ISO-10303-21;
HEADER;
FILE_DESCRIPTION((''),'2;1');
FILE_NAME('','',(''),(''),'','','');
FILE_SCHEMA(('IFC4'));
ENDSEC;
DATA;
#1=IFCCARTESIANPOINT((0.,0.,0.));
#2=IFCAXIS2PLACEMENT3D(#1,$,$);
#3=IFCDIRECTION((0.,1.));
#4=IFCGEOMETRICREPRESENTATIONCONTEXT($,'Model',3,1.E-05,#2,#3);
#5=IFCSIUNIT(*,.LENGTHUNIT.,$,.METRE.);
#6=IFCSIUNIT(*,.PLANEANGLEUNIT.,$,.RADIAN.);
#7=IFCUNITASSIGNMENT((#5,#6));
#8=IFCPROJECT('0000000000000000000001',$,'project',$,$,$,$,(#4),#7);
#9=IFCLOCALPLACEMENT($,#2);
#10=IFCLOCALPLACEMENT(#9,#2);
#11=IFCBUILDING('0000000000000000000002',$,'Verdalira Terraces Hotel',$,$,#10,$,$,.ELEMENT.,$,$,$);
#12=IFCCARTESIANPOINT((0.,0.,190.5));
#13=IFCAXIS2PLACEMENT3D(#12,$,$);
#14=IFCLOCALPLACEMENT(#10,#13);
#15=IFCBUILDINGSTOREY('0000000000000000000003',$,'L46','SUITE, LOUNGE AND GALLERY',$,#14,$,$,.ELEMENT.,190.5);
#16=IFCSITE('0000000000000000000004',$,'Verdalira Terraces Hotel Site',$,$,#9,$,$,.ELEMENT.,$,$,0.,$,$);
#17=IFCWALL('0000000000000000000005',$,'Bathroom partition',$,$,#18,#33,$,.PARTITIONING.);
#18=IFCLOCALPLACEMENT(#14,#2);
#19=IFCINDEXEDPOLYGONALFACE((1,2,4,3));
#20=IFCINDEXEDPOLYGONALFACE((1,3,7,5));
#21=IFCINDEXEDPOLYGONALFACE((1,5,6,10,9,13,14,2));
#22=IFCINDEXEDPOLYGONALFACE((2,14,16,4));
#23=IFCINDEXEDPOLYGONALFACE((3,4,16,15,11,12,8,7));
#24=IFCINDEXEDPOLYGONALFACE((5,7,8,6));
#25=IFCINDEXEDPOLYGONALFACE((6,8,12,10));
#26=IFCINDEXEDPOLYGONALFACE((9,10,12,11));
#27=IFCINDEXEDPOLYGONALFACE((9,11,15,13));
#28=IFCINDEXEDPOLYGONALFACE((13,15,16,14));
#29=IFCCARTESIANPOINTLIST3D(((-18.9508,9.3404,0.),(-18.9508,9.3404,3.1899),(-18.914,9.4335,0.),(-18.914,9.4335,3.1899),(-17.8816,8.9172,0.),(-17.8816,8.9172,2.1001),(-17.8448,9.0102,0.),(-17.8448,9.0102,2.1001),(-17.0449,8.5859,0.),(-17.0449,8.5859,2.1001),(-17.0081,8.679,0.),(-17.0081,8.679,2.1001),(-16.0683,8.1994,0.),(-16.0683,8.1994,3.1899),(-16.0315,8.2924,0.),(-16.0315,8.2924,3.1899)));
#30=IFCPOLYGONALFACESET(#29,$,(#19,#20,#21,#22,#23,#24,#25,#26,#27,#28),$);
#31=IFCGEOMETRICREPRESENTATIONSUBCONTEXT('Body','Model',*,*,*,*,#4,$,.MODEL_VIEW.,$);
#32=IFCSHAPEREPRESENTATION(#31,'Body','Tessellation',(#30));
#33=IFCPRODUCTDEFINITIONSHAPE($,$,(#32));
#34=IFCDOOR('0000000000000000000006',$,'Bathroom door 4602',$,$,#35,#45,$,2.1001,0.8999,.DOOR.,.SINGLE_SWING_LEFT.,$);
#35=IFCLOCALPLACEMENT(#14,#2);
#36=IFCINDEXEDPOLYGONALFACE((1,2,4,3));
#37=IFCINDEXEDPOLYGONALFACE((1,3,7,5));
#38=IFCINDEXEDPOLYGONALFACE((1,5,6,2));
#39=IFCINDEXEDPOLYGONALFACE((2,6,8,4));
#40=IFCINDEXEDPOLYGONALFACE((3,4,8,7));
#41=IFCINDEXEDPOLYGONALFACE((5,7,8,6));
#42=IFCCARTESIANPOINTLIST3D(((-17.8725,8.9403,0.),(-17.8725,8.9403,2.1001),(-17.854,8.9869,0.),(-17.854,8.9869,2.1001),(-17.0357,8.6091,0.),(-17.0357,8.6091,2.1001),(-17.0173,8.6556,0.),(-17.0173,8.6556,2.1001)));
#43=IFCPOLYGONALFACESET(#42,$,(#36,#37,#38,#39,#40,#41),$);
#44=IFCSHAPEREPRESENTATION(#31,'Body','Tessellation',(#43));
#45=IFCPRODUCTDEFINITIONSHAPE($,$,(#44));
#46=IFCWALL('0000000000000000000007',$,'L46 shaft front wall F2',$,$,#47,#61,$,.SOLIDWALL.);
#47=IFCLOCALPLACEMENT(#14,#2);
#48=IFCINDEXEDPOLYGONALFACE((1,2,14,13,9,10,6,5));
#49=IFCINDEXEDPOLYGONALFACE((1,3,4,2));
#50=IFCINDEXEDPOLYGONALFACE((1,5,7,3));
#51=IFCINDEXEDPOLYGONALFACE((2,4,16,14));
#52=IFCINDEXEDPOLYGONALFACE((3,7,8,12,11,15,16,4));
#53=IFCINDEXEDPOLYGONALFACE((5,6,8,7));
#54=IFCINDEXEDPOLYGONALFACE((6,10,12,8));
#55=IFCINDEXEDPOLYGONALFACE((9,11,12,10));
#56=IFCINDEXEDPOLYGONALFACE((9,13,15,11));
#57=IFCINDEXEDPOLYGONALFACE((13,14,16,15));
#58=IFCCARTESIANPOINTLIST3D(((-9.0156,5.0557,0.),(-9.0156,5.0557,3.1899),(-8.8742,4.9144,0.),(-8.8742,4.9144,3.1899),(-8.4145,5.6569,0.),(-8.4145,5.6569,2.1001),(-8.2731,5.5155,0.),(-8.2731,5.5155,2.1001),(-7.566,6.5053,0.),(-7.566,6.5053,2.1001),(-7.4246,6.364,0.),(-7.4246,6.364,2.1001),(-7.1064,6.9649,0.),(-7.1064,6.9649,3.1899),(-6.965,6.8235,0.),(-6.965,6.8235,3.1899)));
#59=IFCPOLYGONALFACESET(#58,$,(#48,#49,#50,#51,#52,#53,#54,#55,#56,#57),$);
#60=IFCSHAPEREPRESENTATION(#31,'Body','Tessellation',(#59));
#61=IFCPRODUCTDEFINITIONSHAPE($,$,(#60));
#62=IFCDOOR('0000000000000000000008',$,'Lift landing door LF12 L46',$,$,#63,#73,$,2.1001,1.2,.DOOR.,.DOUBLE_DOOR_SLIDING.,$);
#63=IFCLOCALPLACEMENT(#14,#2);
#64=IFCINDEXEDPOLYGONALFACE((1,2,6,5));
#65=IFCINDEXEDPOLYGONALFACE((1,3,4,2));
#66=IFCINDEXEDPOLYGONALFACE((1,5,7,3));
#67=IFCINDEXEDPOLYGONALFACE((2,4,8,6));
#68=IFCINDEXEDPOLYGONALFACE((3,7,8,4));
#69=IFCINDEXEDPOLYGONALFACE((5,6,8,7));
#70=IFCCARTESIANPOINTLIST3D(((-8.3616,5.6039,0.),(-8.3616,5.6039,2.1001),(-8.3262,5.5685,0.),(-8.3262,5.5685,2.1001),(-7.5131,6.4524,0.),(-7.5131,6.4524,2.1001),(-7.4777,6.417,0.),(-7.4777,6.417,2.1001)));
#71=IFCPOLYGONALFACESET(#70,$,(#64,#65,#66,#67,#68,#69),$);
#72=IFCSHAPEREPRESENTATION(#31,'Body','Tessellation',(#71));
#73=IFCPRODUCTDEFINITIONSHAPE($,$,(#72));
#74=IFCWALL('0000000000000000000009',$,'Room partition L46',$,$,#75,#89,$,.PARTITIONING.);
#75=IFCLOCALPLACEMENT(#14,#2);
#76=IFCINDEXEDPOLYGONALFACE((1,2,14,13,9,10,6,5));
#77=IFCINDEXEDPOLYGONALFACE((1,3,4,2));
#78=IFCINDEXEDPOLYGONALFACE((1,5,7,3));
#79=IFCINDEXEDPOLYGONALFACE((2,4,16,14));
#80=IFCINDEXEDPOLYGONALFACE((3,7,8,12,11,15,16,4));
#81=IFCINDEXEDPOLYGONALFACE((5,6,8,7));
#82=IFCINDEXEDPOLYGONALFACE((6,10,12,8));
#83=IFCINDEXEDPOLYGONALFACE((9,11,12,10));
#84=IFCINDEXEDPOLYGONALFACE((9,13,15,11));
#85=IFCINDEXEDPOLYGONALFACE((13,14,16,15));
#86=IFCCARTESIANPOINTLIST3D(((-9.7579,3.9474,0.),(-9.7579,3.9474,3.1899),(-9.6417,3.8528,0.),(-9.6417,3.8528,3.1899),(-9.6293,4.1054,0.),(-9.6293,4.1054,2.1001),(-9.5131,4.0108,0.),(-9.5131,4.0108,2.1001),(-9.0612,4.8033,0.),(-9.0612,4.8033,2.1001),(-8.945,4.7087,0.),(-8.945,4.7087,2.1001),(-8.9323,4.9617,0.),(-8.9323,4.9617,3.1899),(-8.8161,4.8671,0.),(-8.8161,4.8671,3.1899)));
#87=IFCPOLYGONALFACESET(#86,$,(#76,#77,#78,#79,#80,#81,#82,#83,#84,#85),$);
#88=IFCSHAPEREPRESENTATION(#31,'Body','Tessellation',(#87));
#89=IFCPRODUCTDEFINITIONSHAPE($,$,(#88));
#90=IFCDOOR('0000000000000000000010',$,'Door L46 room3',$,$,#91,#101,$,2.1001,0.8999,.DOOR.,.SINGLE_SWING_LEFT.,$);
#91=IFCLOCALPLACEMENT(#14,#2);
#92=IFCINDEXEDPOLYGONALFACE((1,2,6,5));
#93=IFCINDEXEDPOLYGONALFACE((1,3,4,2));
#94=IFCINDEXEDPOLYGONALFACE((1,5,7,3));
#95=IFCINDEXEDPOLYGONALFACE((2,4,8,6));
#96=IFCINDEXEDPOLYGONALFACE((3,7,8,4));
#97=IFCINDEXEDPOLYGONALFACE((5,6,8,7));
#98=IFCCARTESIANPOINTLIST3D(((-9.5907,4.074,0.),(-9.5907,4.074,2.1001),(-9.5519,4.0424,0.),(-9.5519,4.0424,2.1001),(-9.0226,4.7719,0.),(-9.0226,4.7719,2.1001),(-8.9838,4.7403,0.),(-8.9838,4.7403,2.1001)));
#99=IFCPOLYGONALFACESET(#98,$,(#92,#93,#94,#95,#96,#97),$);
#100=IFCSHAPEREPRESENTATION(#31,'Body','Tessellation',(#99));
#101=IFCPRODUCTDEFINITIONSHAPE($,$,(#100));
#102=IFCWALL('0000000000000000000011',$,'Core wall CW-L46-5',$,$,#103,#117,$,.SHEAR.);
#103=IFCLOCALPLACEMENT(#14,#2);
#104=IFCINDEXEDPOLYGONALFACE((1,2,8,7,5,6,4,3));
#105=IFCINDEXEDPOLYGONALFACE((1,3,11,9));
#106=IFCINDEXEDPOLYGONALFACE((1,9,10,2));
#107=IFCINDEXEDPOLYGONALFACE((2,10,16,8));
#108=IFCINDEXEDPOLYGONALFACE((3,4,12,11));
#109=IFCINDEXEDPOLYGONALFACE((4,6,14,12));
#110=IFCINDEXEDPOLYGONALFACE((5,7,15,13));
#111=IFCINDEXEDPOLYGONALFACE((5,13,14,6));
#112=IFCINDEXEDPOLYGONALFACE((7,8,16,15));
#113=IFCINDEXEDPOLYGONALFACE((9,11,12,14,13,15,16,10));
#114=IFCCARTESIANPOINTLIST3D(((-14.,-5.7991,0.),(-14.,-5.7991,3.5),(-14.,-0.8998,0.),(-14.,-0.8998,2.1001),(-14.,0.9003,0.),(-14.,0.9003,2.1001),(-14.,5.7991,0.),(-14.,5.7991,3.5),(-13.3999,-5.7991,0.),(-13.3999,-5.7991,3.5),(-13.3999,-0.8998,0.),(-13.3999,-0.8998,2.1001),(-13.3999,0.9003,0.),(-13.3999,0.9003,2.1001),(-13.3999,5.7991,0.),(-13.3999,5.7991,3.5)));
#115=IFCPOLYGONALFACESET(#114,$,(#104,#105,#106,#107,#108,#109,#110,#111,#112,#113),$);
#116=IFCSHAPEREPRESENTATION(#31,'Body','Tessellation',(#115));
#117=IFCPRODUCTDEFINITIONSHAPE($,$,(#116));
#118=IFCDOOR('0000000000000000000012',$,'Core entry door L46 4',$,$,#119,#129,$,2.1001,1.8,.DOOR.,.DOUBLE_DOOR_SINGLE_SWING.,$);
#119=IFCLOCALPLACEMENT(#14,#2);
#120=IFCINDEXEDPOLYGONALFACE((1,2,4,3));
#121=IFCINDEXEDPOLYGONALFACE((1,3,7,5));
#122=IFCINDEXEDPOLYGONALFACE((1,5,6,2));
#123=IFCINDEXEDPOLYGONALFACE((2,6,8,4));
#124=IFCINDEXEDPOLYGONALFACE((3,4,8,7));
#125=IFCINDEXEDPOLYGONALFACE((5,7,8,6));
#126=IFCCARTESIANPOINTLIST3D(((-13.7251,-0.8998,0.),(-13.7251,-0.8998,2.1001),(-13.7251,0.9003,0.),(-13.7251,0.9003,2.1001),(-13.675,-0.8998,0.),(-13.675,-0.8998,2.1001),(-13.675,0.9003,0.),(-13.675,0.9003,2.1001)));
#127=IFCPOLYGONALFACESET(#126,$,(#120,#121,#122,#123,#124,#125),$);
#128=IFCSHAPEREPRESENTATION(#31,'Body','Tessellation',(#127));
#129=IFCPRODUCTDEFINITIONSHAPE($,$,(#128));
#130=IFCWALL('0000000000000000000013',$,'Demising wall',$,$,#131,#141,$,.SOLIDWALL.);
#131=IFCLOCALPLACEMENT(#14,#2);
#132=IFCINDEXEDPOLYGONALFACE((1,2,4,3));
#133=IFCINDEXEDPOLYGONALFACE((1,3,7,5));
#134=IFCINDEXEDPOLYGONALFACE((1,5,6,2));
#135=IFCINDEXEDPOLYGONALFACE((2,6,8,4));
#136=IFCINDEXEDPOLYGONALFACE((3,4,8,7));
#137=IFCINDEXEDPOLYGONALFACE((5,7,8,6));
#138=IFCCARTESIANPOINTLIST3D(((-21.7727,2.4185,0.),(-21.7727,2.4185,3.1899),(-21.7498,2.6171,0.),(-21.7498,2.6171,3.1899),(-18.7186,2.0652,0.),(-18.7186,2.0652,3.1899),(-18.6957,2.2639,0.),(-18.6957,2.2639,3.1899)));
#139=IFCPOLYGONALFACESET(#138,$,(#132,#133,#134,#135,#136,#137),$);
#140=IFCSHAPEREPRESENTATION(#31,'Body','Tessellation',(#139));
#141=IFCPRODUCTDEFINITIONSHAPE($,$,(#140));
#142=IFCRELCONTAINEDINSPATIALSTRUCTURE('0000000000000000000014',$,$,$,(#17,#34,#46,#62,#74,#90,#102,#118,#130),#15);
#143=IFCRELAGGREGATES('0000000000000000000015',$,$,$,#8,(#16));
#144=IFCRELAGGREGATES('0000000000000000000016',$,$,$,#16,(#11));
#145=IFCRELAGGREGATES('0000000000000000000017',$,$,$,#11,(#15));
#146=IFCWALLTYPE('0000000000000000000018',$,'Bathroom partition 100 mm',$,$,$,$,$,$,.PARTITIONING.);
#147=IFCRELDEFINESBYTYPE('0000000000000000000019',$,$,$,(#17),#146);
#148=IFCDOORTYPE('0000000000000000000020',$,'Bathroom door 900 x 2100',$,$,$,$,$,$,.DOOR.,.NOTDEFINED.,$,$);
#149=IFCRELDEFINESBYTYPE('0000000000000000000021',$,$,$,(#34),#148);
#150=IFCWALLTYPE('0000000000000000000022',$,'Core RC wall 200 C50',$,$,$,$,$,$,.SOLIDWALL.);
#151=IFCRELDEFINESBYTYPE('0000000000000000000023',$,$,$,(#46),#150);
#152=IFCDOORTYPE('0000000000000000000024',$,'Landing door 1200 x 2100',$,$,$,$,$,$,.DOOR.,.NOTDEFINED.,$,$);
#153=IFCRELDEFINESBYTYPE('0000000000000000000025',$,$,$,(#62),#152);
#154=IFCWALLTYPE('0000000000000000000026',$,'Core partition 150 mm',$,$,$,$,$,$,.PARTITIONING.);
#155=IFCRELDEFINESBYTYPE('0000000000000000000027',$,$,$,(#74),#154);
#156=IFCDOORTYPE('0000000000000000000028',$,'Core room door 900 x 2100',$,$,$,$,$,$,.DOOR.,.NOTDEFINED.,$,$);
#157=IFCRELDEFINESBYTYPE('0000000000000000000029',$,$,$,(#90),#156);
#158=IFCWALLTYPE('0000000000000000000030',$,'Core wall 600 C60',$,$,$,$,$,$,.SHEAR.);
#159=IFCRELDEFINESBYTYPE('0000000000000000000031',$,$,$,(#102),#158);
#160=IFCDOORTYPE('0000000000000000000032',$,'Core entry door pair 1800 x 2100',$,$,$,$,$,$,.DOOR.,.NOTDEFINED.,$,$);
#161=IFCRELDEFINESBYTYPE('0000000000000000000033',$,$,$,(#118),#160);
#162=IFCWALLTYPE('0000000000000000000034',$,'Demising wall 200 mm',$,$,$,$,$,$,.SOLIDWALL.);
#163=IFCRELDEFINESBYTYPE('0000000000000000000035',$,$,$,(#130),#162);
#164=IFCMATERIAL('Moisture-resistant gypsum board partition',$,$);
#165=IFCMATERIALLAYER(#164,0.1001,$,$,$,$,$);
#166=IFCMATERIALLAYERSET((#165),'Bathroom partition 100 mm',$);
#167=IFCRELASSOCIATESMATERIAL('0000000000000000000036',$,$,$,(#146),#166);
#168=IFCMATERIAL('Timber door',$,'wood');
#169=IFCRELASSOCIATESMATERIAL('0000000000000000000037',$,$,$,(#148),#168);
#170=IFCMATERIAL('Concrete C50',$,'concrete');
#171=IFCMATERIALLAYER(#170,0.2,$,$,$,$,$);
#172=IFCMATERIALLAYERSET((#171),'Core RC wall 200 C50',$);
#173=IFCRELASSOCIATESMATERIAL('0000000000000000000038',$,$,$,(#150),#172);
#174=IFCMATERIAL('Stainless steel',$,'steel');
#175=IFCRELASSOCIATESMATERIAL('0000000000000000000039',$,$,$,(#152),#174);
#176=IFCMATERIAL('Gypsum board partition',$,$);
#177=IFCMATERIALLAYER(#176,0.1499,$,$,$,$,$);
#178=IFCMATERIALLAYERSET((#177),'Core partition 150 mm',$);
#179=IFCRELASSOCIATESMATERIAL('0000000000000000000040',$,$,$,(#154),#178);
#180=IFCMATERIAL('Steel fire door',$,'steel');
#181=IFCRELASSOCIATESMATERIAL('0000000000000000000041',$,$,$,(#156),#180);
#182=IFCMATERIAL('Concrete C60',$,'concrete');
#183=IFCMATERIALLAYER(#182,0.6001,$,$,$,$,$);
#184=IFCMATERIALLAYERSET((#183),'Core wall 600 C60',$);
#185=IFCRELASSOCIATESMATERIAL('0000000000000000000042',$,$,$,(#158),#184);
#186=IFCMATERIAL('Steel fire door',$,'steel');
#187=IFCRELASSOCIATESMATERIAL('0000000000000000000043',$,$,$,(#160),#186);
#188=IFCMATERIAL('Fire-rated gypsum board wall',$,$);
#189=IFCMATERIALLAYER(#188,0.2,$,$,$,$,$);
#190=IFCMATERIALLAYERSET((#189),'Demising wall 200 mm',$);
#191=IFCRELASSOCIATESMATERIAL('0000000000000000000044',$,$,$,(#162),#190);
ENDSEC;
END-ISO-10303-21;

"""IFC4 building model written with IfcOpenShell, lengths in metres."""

from ifc_helpers import new_model, si_unit, direction, frame, frame_2d, origin, place, context, subcontext, project, spatial, rectangle, extrude, material, layer, layer_set, type_object, element, fill, save


model = new_model("IFC4")

# Units and contexts
model_context = context("Model", 3, precision=1e-05, world=origin(), true_north=direction((0.0, 1.0)))
body_context = subcontext(model_context, "Body", "Model", "MODEL_VIEW")
ifc_project = project(units=[si_unit("LENGTHUNIT", "METRE"), si_unit("PLANEANGLEUNIT", "RADIAN")], contexts=[model_context])

# Site, building, storey
site_placement = place(None, origin())
site = spatial("IfcSite", under=ifc_project, at=site_placement, Name="Verdalira Terraces Hotel Site", CompositionType="ELEMENT", RefElevation=0.0)
building_placement = place(site_placement, origin())
building = spatial("IfcBuilding", under=site, at=building_placement, Name="Verdalira Terraces Hotel", CompositionType="ELEMENT")
storey_placement = place(building_placement, frame((0.0, 0.0, 190.5)))
storey = spatial("IfcBuildingStorey", under=building, at=storey_placement, Name="L46", Description="SUITE, LOUNGE AND GALLERY", CompositionType="ELEMENT", Elevation=190.5)

# Shared definitions
ifc_material_1 = material(Name="Moisture-resistant gypsum board partition")
ifc_layer_1 = layer(ifc_material_1, 0.1001)
ifc_layer_set_1 = layer_set([ifc_layer_1], Name="Bathroom partition 100 mm")
wall_type_1 = type_object("IfcWallType", Name="Bathroom partition 100 mm", PredefinedType="PARTITIONING", material=ifc_layer_set_1)

# Walls, openings, doors
wall_1_placement = place(storey_placement, frame((-18.9324, 9.387, 0.0), z_axis=(0.0, 0.0, 1.0), x_axis=(0.929796, -0.368075, 0.0)))
wall_1 = element("IfcWall", 1, at=wall_1_placement, inside=storey, type_object=wall_type_1, Name="Bathroom partition", PredefinedType="PARTITIONING", context=body_context, shape_type="SweptSolid", body=[
    extrude(rectangle(XDim=3.1001, YDim=0.1001, at=frame_2d((1.55, 0.0))), origin(), (0.0, 0.0, 1.0), 3.1899),
])
opening_1_placement = place(wall_1_placement, frame((1.1499, 0.0, 0.0)))
opening_1 = element("IfcOpeningElement", 2, at=opening_1_placement, cuts=wall_1, PredefinedType="OPENING", context=body_context, shape_type="SweptSolid", body=[
    extrude(rectangle(XDim=0.8999, YDim=2.1001, at=frame_2d((0.45, 1.05))), frame((0.0, 0.0601, 0.0), z_axis=(0.0, -1.0, 0.0), x_axis=(1.0, 0.0, 0.0)), (0.0, 0.0, 1.0), 0.1201),
])
ifc_material_2 = material(Name="Timber door", Category="wood")
door_type_1 = type_object("IfcDoorType", Name="Bathroom door 900 x 2100", OperationType="NOTDEFINED", PredefinedType="DOOR", material=ifc_material_2)
door_1_placement = place(opening_1_placement, origin())
door_1 = element("IfcDoor", 3, at=door_1_placement, inside=storey, type_object=door_type_1, Name="Bathroom door 4602", OperationType="SINGLE_SWING_LEFT", OverallHeight=2.1001, OverallWidth=0.8999, PredefinedType="DOOR", context=body_context, shape_type="SweptSolid", body=[
    extrude(rectangle(XDim=0.8999, YDim=2.1001, at=frame_2d((0.45, 1.05))), frame((0.0, 0.0249, 0.0), z_axis=(0.0, -1.0, 0.0), x_axis=(1.0, 0.0, 0.0)), (0.0, 0.0, 1.0), 0.05),
])
fill(opening_1, door_1)
ifc_material_3 = material(Name="Concrete C50", Category="concrete")
ifc_layer_2 = layer(ifc_material_3, 0.2)
ifc_layer_set_2 = layer_set([ifc_layer_2], Name="Core RC wall 200 C50")
wall_type_2 = type_object("IfcWallType", Name="Core RC wall 200 C50", PredefinedType="SOLIDWALL", material=ifc_layer_set_2)
wall_2_placement = place(storey_placement, frame((-7.0356, 6.8943, 0.0), z_axis=(0.0, 0.0, 1.0), x_axis=(-0.707107, -0.707107, 0.0)))
wall_2 = element("IfcWall", 4, at=wall_2_placement, inside=storey, type_object=wall_type_2, Name="L46 shaft front wall F2", PredefinedType="SOLIDWALL", context=body_context, shape_type="SweptSolid", body=[
    extrude(rectangle(XDim=2.7, YDim=0.2, at=frame_2d((1.3501, 0.0))), origin(), (0.0, 0.0, 1.0), 3.1899),
])
opening_2_placement = place(wall_2_placement, frame((0.6499, 0.0, 0.0)))
opening_2 = element("IfcOpeningElement", 5, at=opening_2_placement, cuts=wall_2, PredefinedType="OPENING", context=body_context, shape_type="SweptSolid", body=[
    extrude(rectangle(XDim=1.2, YDim=2.1001, at=frame_2d((0.6001, 1.05))), frame((0.0, 0.1099, 0.0), z_axis=(0.0, -1.0, 0.0), x_axis=(1.0, 0.0, 0.0)), (0.0, 0.0, 1.0), 0.22),
])
ifc_material_4 = material(Name="Stainless steel", Category="steel")
door_type_2 = type_object("IfcDoorType", Name="Landing door 1200 x 2100", OperationType="NOTDEFINED", PredefinedType="DOOR", material=ifc_material_4)
door_2_placement = place(opening_2_placement, origin())
door_2 = element("IfcDoor", 6, at=door_2_placement, inside=storey, type_object=door_type_2, Name="Lift landing door LF12 L46", OperationType="DOUBLE_DOOR_SLIDING", OverallHeight=2.1001, OverallWidth=1.2, PredefinedType="DOOR", context=body_context, shape_type="SweptSolid", body=[
    extrude(rectangle(XDim=1.2, YDim=2.1001, at=frame_2d((0.6001, 1.05))), frame((0.0, 0.0249, 0.0), z_axis=(0.0, -1.0, 0.0), x_axis=(1.0, 0.0, 0.0)), (0.0, 0.0, 1.0), 0.05),
])
fill(opening_2, door_2)
ifc_material_5 = material(Name="Gypsum board partition")
ifc_layer_3 = layer(ifc_material_5, 0.1499)
ifc_layer_set_3 = layer_set([ifc_layer_3], Name="Core partition 150 mm")
wall_type_3 = type_object("IfcWallType", Name="Core partition 150 mm", PredefinedType="PARTITIONING", material=ifc_layer_set_3)
wall_3_placement = place(storey_placement, frame((-8.8743, 4.9143, 0.0), z_axis=(0.0, 0.0, 1.0), x_axis=(-0.631274, -0.77556, 0.0)))
wall_3 = element("IfcWall", 7, at=wall_3_placement, inside=storey, type_object=wall_type_3, Name="Room partition L46", PredefinedType="PARTITIONING", context=body_context, shape_type="SweptSolid", body=[
    extrude(rectangle(XDim=1.3079, YDim=0.1499, at=frame_2d((0.6538, 0.0))), origin(), (0.0, 0.0, 1.0), 3.1899),
])
opening_3_placement = place(wall_3_placement, frame((0.2041, 0.0, 0.0)))
opening_3 = element("IfcOpeningElement", 8, at=opening_3_placement, cuts=wall_3, PredefinedType="OPENING", context=body_context, shape_type="SweptSolid", body=[
    extrude(rectangle(XDim=0.8999, YDim=2.1001, at=frame_2d((0.45, 1.05))), frame((0.0, 0.085, 0.0), z_axis=(0.0, -1.0, 0.0), x_axis=(1.0, 0.0, 0.0)), (0.0, 0.0, 1.0), 0.1699),
])
ifc_material_6 = material(Name="Steel fire door", Category="steel")
door_type_3 = type_object("IfcDoorType", Name="Core room door 900 x 2100", OperationType="NOTDEFINED", PredefinedType="DOOR", material=ifc_material_6)
door_3_placement = place(opening_3_placement, origin())
door_3 = element("IfcDoor", 9, at=door_3_placement, inside=storey, type_object=door_type_3, Name="Door L46 room3", OperationType="SINGLE_SWING_LEFT", OverallHeight=2.1001, OverallWidth=0.8999, PredefinedType="DOOR", context=body_context, shape_type="SweptSolid", body=[
    extrude(rectangle(XDim=0.8999, YDim=2.1001, at=frame_2d((0.45, 1.05))), frame((0.0, 0.0249, 0.0), z_axis=(0.0, -1.0, 0.0), x_axis=(1.0, 0.0, 0.0)), (0.0, 0.0, 1.0), 0.05),
])
fill(opening_3, door_3)
ifc_material_7 = material(Name="Concrete C60", Category="concrete")
ifc_layer_4 = layer(ifc_material_7, 0.6001)
ifc_layer_set_4 = layer_set([ifc_layer_4], Name="Core wall 600 C60")
wall_type_4 = type_object("IfcWallType", Name="Core wall 600 C60", PredefinedType="SHEAR", material=ifc_layer_set_4)
wall_4_placement = place(storey_placement, frame((-13.7, 5.7991, 0.0), z_axis=(0.0, 0.0, 1.0), x_axis=(0.0, -1.0, 0.0)))
wall_4 = element("IfcWall", 10, at=wall_4_placement, inside=storey, type_object=wall_type_4, Name="Core wall CW-L46-5", PredefinedType="SHEAR", context=body_context, shape_type="SweptSolid", body=[
    extrude(rectangle(XDim=11.5981, YDim=0.6001, at=frame_2d((5.7991, 0.0))), origin(), (0.0, 0.0, 1.0), 3.5),
])
opening_4_placement = place(wall_4_placement, frame((4.8989, 0.0, 0.0)))
opening_4 = element("IfcOpeningElement", 11, at=opening_4_placement, cuts=wall_4, PredefinedType="OPENING", context=body_context, shape_type="SweptSolid", body=[
    extrude(rectangle(XDim=1.8, YDim=2.1001, at=frame_2d((0.8999, 1.05))), frame((0.0, 0.3101, 0.0), z_axis=(0.0, -1.0, 0.0), x_axis=(1.0, 0.0, 0.0)), (0.0, 0.0, 1.0), 0.6201),
])
ifc_material_8 = material(Name="Steel fire door", Category="steel")
door_type_4 = type_object("IfcDoorType", Name="Core entry door pair 1800 x 2100", OperationType="NOTDEFINED", PredefinedType="DOOR", material=ifc_material_8)
door_4_placement = place(opening_4_placement, origin())
door_4 = element("IfcDoor", 12, at=door_4_placement, inside=storey, type_object=door_type_4, Name="Core entry door L46 4", OperationType="DOUBLE_DOOR_SINGLE_SWING", OverallHeight=2.1001, OverallWidth=1.8, PredefinedType="DOOR", context=body_context, shape_type="SweptSolid", body=[
    extrude(rectangle(XDim=1.8, YDim=2.1001, at=frame_2d((0.8999, 1.05))), frame((0.0, 0.0249, 0.0), z_axis=(0.0, -1.0, 0.0), x_axis=(1.0, 0.0, 0.0)), (0.0, 0.0, 1.0), 0.05),
])
fill(opening_4, door_4)

# Wall
ifc_material_9 = material(Name="Fire-rated gypsum board wall")
ifc_layer_5 = layer(ifc_material_9, 0.2)
ifc_layer_set_5 = layer_set([ifc_layer_5], Name="Demising wall 200 mm")
wall_type_5 = type_object("IfcWallType", Name="Demising wall 200 mm", PredefinedType="SOLIDWALL", material=ifc_layer_set_5)
wall_5_placement = place(storey_placement, frame((-18.7073, 2.1646, 0.0), z_axis=(0.0, 0.0, 1.0), x_axis=(-0.993377, 0.114901, 0.0)))
element("IfcWall", 13, at=wall_5_placement, inside=storey, type_object=wall_type_5, Name="Demising wall", PredefinedType="SOLIDWALL", context=body_context, shape_type="SweptSolid", body=[
    extrude(rectangle(XDim=3.0745, YDim=0.2, at=frame_2d((1.5371, 0.0))), origin(), (0.0, 0.0, 1.0), 3.1899),
])

save(model, "model.ifc")
